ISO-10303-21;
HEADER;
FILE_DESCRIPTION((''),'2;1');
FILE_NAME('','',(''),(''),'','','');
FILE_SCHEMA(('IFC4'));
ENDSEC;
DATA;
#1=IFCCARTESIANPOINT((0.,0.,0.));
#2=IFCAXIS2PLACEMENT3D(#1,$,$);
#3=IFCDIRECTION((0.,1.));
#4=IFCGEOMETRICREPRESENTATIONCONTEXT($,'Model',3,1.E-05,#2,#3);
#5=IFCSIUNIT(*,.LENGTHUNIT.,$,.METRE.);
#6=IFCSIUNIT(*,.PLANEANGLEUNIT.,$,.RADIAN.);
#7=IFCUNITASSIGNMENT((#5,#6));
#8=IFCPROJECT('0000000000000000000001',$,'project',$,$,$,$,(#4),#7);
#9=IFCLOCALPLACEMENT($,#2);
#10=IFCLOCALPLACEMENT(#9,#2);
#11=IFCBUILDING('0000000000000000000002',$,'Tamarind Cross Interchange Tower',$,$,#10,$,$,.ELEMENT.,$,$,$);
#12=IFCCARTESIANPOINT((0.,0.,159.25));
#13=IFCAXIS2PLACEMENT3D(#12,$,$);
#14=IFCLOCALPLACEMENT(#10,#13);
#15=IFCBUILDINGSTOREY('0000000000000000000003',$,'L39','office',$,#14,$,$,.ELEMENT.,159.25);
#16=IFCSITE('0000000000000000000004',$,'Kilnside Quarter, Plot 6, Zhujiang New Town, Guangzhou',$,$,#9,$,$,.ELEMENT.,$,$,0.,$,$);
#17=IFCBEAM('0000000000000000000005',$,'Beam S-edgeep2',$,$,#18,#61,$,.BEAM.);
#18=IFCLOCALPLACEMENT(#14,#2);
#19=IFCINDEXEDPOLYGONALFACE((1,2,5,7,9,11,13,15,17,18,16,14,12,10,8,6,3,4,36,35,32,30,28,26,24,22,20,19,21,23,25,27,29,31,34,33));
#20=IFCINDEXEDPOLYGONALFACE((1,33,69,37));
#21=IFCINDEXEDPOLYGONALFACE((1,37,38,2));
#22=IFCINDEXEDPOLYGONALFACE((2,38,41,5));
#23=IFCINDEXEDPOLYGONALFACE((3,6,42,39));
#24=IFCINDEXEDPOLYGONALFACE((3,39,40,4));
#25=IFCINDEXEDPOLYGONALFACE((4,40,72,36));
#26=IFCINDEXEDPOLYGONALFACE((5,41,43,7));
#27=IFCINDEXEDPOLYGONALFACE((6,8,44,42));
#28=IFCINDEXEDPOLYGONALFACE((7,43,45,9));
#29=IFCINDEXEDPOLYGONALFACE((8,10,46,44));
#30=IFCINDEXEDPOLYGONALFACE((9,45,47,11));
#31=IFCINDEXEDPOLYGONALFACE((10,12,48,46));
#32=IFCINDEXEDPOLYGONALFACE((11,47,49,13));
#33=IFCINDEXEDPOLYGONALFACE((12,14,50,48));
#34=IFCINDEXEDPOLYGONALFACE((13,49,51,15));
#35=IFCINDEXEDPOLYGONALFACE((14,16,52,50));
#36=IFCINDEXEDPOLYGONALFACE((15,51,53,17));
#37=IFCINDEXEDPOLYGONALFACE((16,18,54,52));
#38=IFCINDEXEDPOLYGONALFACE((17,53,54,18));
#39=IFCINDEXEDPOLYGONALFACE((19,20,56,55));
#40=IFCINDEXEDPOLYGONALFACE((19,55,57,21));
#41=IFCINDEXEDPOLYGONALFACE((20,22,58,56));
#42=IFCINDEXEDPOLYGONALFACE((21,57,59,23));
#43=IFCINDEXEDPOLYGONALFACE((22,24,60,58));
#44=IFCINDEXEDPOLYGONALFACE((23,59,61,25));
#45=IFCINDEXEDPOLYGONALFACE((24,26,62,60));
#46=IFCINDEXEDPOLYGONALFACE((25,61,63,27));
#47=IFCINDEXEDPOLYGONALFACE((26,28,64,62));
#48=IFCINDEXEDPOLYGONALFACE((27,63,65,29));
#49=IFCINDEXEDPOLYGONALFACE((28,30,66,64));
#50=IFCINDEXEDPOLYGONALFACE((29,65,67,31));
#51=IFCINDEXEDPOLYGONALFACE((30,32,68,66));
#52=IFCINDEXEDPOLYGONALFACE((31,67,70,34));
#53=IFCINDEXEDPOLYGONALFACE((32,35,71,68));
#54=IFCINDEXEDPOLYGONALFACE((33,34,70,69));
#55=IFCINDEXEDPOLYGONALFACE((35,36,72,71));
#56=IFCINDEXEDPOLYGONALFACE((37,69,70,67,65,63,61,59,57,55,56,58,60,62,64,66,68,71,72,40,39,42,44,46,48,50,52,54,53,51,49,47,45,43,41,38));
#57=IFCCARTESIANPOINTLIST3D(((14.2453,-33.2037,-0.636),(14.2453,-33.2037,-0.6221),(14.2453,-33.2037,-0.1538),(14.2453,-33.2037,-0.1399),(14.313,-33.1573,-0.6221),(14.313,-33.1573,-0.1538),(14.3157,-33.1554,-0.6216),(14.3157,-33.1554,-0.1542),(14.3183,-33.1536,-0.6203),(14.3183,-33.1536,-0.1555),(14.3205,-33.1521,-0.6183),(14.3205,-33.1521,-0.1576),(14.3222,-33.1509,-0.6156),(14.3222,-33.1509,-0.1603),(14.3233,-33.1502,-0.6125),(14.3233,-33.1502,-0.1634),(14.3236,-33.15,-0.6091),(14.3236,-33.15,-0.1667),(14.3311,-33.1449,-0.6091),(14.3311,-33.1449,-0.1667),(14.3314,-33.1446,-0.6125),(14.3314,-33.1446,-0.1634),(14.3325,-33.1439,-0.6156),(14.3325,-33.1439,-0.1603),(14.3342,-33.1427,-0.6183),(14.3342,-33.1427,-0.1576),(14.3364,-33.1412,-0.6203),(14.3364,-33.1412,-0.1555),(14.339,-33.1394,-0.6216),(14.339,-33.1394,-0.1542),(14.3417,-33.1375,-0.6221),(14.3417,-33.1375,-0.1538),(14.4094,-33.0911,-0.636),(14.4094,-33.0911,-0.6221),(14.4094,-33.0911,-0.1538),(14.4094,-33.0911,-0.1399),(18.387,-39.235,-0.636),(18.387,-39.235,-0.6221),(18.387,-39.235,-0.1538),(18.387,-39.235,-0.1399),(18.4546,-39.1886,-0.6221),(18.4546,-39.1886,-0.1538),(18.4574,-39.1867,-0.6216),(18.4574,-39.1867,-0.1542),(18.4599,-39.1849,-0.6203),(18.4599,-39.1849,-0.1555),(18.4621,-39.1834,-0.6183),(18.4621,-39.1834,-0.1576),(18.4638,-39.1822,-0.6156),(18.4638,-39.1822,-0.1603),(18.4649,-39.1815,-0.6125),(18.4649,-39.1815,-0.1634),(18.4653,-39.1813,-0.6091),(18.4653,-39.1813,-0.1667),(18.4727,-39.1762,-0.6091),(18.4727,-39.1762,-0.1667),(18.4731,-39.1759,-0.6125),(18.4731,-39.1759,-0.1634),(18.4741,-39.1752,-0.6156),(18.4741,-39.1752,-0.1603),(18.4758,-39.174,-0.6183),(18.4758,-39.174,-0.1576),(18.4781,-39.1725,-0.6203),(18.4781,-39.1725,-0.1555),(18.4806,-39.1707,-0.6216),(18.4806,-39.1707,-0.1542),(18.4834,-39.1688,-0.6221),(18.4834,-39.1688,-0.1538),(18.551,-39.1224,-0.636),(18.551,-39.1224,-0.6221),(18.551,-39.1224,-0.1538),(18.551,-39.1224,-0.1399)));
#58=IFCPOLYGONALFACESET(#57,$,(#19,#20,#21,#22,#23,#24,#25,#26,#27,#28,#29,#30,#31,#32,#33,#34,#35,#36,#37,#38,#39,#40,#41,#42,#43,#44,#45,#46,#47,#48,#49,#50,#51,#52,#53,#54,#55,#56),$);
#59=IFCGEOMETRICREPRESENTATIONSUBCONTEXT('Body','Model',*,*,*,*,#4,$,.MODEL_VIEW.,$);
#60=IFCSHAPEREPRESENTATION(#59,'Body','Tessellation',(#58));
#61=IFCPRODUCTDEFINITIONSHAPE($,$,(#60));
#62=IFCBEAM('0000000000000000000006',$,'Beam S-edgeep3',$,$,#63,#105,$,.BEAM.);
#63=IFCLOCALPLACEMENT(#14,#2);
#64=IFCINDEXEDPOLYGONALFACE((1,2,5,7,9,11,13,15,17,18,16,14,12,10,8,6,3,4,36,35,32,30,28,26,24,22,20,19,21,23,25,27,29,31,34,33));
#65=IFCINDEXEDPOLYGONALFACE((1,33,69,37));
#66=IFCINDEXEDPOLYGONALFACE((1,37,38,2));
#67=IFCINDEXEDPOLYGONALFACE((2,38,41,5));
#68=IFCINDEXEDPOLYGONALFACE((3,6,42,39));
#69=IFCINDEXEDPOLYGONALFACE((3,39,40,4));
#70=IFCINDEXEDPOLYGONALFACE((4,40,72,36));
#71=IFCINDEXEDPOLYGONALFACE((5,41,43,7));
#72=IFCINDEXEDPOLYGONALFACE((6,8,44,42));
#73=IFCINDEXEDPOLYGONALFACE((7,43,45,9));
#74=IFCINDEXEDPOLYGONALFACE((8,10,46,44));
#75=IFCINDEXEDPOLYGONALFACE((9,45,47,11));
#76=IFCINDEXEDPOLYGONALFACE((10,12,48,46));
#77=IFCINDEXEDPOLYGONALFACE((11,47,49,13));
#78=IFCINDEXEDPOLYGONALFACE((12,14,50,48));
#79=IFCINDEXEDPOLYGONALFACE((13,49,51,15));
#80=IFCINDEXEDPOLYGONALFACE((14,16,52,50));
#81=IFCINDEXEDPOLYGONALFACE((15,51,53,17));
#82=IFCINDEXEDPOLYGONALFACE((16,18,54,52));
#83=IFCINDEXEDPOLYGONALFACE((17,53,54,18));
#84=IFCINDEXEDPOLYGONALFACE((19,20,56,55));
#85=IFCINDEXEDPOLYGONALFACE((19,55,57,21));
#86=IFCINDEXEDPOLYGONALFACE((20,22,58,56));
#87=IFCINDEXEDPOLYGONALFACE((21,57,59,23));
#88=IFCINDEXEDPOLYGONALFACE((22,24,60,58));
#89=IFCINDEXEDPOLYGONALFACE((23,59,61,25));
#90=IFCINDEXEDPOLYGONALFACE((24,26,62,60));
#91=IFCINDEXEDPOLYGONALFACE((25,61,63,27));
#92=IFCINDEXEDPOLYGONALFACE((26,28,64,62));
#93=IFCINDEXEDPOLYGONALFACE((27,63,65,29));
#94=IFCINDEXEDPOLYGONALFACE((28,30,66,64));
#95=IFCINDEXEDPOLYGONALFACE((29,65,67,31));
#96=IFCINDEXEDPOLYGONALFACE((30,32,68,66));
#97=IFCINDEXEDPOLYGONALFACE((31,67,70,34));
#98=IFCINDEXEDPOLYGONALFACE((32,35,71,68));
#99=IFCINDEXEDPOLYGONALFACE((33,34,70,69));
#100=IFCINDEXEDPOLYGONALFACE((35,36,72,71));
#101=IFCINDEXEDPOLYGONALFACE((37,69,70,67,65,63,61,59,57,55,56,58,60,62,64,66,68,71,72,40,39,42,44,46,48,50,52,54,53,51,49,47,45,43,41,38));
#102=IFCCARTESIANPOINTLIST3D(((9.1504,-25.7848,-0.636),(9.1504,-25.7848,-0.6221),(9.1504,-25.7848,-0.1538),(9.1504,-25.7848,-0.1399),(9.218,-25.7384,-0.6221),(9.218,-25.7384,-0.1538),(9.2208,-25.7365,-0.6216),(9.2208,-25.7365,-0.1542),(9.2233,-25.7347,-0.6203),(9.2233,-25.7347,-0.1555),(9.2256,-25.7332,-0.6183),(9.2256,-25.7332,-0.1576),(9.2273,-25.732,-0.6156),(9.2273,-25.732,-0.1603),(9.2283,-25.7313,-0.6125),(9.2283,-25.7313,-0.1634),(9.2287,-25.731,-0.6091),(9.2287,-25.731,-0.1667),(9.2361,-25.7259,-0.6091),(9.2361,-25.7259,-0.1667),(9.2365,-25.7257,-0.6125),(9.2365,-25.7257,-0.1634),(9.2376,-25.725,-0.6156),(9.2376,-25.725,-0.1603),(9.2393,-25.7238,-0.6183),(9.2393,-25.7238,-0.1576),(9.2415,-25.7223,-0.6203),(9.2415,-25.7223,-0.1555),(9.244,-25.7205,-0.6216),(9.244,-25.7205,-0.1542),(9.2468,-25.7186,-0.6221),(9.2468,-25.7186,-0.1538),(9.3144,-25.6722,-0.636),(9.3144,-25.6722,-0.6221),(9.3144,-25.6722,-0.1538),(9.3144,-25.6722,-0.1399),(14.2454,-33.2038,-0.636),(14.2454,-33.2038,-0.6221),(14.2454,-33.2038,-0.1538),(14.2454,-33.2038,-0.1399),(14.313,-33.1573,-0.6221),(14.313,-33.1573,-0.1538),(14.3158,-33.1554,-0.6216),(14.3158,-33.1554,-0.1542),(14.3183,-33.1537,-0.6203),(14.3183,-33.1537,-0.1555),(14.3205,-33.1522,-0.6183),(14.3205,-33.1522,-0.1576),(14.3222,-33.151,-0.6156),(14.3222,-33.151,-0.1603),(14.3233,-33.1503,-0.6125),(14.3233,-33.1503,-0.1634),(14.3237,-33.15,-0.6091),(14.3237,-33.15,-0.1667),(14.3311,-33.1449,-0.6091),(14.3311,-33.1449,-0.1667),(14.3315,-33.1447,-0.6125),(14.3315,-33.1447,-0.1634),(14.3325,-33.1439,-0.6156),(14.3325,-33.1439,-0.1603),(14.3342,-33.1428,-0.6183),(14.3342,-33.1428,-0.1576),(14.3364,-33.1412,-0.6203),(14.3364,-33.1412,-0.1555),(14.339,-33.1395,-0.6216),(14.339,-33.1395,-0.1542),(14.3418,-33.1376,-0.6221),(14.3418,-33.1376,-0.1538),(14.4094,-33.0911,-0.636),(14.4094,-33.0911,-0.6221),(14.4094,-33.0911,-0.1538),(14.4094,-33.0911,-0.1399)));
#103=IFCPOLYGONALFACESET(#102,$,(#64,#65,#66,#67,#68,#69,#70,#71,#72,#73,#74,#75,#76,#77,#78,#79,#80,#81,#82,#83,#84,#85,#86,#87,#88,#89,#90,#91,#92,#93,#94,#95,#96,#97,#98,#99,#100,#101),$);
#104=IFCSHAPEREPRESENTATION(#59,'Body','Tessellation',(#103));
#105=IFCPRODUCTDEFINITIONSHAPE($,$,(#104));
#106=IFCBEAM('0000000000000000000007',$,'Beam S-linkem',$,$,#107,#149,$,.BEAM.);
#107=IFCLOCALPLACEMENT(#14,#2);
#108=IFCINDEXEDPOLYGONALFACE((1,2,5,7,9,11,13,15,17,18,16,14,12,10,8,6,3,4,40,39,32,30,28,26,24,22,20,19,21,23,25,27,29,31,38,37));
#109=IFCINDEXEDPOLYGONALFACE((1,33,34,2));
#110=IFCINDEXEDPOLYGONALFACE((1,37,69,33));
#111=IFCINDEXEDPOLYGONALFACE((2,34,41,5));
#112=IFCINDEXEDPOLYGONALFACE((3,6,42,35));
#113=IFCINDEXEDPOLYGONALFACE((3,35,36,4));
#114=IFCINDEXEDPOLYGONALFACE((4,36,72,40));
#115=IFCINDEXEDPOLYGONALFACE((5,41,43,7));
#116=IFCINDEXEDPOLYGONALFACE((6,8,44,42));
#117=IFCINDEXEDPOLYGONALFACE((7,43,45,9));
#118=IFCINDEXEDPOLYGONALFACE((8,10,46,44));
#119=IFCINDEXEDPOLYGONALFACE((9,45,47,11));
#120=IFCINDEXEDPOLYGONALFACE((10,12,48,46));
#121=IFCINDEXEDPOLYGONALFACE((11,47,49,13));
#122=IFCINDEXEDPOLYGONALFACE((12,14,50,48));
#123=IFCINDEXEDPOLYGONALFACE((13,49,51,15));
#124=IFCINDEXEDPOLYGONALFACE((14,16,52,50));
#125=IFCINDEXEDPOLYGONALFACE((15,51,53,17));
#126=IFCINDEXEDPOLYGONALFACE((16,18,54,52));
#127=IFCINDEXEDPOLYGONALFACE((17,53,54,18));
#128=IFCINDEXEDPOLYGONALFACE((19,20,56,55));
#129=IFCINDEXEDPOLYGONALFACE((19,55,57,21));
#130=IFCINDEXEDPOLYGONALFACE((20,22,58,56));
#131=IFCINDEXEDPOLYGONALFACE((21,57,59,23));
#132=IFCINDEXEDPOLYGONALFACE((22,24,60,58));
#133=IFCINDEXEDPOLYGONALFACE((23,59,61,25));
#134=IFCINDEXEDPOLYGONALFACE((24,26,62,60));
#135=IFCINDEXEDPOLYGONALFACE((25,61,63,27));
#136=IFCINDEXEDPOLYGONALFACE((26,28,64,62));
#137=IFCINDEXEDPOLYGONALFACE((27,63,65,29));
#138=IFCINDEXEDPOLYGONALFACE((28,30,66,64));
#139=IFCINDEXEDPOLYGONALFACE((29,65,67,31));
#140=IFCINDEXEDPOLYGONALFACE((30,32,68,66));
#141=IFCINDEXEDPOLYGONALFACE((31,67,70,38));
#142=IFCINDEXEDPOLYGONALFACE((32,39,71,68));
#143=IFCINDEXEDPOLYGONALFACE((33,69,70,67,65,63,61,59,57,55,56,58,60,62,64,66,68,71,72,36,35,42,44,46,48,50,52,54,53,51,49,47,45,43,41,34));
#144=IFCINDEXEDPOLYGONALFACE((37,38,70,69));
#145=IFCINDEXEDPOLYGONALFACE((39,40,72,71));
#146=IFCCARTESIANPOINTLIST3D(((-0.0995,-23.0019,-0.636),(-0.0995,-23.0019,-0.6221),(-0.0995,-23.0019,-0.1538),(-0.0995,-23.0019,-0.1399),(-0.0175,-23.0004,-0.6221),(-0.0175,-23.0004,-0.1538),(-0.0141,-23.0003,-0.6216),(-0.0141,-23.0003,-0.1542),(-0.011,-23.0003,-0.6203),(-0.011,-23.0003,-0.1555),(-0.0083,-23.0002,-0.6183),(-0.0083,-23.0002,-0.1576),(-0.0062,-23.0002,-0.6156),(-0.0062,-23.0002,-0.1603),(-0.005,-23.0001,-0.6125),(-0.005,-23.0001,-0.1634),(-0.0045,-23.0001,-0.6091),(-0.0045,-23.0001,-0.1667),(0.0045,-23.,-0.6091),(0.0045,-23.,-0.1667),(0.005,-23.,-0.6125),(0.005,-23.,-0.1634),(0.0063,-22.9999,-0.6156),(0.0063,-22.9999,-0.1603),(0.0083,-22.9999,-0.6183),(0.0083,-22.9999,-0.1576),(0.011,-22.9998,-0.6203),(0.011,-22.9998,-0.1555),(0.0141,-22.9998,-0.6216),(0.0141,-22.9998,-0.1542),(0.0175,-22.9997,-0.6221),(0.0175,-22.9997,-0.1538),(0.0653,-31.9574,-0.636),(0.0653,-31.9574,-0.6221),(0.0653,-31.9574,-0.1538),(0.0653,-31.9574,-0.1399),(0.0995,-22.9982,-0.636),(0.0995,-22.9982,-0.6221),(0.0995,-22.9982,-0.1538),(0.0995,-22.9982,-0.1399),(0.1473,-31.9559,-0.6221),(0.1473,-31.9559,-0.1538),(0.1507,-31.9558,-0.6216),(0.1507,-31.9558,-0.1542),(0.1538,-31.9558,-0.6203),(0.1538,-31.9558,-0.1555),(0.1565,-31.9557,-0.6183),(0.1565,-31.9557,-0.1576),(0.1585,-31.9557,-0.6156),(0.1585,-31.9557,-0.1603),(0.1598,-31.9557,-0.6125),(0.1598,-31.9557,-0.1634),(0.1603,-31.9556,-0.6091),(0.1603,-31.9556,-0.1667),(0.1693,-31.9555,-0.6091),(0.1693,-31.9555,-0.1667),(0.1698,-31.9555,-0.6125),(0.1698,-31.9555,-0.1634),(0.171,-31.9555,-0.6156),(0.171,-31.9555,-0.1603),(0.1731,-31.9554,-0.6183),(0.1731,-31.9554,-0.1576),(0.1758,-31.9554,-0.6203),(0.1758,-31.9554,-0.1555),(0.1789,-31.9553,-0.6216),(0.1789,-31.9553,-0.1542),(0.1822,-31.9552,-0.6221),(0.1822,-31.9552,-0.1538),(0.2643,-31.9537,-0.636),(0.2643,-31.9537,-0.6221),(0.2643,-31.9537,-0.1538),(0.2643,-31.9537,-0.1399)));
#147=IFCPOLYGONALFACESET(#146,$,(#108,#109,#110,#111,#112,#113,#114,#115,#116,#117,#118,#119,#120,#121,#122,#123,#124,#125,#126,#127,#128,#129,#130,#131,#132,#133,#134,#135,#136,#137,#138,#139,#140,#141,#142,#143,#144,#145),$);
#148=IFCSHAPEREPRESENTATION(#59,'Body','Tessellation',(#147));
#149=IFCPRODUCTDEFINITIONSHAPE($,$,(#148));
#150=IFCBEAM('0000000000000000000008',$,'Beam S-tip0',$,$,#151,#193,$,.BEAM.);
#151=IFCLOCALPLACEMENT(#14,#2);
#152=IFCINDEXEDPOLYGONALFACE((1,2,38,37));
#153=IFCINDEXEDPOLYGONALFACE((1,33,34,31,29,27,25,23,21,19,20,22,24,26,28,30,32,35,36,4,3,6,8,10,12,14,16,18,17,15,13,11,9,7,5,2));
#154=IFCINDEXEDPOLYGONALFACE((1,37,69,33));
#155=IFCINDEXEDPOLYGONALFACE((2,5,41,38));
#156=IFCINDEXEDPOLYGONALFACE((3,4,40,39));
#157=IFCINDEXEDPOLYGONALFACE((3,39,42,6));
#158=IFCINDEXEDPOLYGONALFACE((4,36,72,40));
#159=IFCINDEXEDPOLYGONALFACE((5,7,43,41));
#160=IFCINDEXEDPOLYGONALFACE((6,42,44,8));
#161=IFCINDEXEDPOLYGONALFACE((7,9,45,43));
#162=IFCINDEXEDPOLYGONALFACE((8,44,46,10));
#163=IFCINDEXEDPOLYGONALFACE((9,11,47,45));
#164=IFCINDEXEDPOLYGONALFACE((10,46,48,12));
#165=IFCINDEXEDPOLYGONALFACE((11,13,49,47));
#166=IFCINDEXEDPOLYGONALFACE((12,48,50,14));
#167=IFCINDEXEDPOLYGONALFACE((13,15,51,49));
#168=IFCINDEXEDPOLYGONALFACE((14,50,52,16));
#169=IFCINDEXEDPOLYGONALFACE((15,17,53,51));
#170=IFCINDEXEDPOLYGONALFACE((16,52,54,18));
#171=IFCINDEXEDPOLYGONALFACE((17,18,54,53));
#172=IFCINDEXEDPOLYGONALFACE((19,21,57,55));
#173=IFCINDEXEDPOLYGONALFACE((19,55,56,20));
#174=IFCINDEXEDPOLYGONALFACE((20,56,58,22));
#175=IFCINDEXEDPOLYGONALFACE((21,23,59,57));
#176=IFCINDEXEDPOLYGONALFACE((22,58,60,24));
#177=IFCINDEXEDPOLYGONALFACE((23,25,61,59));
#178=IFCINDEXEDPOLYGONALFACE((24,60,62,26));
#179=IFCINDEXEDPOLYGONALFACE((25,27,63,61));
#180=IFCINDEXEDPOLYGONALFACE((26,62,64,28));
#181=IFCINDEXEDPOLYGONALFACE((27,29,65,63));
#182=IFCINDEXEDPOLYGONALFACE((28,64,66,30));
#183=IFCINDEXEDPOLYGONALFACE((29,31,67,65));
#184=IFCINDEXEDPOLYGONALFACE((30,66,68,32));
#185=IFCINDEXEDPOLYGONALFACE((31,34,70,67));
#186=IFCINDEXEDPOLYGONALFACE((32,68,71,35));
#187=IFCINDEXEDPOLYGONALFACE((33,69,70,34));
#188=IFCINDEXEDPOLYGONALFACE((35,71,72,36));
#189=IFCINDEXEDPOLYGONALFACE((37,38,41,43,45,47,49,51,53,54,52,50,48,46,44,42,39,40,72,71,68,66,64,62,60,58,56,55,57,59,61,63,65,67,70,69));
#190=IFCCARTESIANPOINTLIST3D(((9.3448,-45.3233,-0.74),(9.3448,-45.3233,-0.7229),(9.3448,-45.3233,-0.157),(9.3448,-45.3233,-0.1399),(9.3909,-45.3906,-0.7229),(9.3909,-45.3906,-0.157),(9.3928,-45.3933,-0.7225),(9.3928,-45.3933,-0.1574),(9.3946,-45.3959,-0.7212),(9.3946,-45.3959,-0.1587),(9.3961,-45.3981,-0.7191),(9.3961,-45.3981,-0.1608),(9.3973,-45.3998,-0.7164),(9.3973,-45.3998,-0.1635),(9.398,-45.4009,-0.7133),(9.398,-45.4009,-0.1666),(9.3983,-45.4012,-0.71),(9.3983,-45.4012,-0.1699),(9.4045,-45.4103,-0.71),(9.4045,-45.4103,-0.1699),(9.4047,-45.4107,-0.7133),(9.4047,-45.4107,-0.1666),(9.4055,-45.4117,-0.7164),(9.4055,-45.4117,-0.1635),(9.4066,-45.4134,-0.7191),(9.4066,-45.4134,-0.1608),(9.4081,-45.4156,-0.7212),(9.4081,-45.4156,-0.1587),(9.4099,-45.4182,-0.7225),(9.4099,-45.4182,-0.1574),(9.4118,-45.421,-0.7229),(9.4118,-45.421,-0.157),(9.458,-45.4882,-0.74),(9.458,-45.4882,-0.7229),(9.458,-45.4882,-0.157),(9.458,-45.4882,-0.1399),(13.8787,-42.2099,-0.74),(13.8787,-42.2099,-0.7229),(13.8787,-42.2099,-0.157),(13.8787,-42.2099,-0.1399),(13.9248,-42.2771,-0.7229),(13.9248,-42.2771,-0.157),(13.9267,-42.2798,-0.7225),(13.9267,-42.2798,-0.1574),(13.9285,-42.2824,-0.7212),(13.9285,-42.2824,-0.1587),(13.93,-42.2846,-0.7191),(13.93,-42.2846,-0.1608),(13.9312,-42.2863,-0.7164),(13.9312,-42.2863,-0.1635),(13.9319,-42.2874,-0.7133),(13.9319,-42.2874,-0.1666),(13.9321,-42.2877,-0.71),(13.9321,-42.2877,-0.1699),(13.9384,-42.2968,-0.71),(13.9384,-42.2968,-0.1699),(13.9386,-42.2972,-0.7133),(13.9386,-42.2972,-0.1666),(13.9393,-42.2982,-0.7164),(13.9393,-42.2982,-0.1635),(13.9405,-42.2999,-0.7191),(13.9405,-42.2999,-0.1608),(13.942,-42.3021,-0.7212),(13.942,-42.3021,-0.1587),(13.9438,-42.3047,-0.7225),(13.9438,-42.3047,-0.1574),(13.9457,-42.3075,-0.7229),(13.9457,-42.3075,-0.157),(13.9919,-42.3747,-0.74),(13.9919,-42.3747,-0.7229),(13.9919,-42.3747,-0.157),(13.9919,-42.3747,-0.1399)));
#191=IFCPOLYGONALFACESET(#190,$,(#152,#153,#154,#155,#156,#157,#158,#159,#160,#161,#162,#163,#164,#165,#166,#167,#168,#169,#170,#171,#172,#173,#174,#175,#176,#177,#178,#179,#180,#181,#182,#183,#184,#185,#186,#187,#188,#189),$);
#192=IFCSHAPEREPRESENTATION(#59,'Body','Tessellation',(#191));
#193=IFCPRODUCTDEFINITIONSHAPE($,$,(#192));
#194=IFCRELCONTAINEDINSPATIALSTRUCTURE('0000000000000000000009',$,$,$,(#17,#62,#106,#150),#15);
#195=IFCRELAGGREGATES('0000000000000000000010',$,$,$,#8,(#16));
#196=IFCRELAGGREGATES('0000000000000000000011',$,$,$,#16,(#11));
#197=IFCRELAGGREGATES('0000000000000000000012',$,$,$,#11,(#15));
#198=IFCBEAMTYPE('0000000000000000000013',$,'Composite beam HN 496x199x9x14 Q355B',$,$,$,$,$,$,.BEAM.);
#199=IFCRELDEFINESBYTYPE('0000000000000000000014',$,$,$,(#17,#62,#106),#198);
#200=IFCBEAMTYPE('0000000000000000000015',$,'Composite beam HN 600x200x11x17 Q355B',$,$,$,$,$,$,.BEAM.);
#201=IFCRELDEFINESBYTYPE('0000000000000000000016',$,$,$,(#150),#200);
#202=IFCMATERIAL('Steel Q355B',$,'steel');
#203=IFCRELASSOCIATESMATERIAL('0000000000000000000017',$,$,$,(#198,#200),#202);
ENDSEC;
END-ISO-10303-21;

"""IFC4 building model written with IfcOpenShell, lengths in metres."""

from ifc_helpers import new_model, si_unit, direction, frame, origin, origin_2d, place, context, subcontext, project, spatial, i_section, extrude, material, material_profile, profile_set, type_object, element, save


model = new_model("IFC4")

# Units and contexts
model_context = context("Model", 3, precision=1e-05, world=origin(), true_north=direction((0.0, 1.0)))
body_context = subcontext(model_context, "Body", "Model", "MODEL_VIEW")
ifc_project = project(units=[si_unit("LENGTHUNIT", "METRE"), si_unit("PLANEANGLEUNIT", "RADIAN")], contexts=[model_context])

# Site, building, storey
site_placement = place(None, origin())
site = spatial("IfcSite", under=ifc_project, at=site_placement, Name="Kilnside Quarter, Plot 6, Zhujiang New Town, Guangzhou", CompositionType="ELEMENT", RefElevation=0.0)
building_placement = place(site_placement, origin())
building = spatial("IfcBuilding", under=site, at=building_placement, Name="Tamarind Cross Interchange Tower", CompositionType="ELEMENT")
storey_placement = place(building_placement, frame((0.0, 0.0, 159.25)))
storey = spatial("IfcBuildingStorey", under=building, at=storey_placement, Name="L39", Description="office", CompositionType="ELEMENT", Elevation=159.25)

# Beams
ifc_material_1 = material(Name="Steel Q355B", Category="steel")
ifc_material_profile_1 = material_profile(ifc_material_1, i_section(OverallWidth=0.199, OverallDepth=0.4961, WebThickness=0.009, FlangeThickness=0.0139, FilletRadius=0.0129, at=origin_2d()), Name="HN 496x199x9x14")
ifc_profile_set_1 = profile_set([ifc_material_profile_1], Name="Steel Q355B")
beam_type_1 = type_object("IfcBeamType", Name="Composite beam HN 496x199x9x14 Q355B", PredefinedType="BEAM", material=ifc_profile_set_1)
beam_1_placement = place(storey_placement, frame((18.469, -39.1787, -0.3879), z_axis=(-0.566076, 0.824353, 0.0), x_axis=(-0.824353, -0.566076, 0.0)))
element("IfcBeam", 1, at=beam_1_placement, inside=storey, type_object=beam_type_1, Name="Beam S-edgeep2", PredefinedType="BEAM", context=body_context, shape_type="SweptSolid", body=[
    extrude(i_section(OverallWidth=0.199, OverallDepth=0.4961, WebThickness=0.009, FlangeThickness=0.0139, FilletRadius=0.0129, at=origin_2d()), origin(), (0.0, 0.0, 1.0), 7.3164),
])
beam_2_placement = place(storey_placement, frame((14.3274, -33.1475, -0.3879), z_axis=(-0.56611, 0.82433, 0.0), x_axis=(-0.82433, -0.56611, 0.0)))
element("IfcBeam", 2, at=beam_2_placement, inside=storey, type_object=beam_type_1, Name="Beam S-edgeep3", PredefinedType="BEAM", context=body_context, shape_type="SweptSolid", body=[
    extrude(i_section(OverallWidth=0.199, OverallDepth=0.4961, WebThickness=0.009, FlangeThickness=0.0139, FilletRadius=0.0129, at=origin_2d()), origin(), (0.0, 0.0, 1.0), 9.0),
])
beam_3_placement = place(storey_placement, frame((0.1648, -31.9556, -0.3879), z_axis=(-0.018398, 0.999831, 0.0), x_axis=(-0.999831, -0.018398, 0.0)))
element("IfcBeam", 3, at=beam_3_placement, inside=storey, type_object=beam_type_1, Name="Beam S-linkem", PredefinedType="BEAM", context=body_context, shape_type="SweptSolid", body=[
    extrude(i_section(OverallWidth=0.199, OverallDepth=0.4961, WebThickness=0.009, FlangeThickness=0.0139, FilletRadius=0.0129, at=origin_2d()), origin(), (0.0, 0.0, 1.0), 8.957),
])
ifc_material_profile_2 = material_profile(ifc_material_1, i_section(OverallWidth=0.2, OverallDepth=0.6001, WebThickness=0.011, FlangeThickness=0.0171, FilletRadius=0.0129, at=origin_2d()), Name="HN 600x200x11x17")
ifc_profile_set_2 = profile_set([ifc_material_profile_2], Name="Steel Q355B")
beam_type_2 = type_object("IfcBeamType", Name="Composite beam HN 600x200x11x17 Q355B", PredefinedType="BEAM", material=ifc_profile_set_2)
beam_4_placement = place(storey_placement, frame((9.4014, -45.4058, -0.4399), z_axis=(0.824344, 0.56609, 0.0), x_axis=(-0.56609, 0.824344, 0.0)))
element("IfcBeam", 4, at=beam_4_placement, inside=storey, type_object=beam_type_2, Name="Beam S-tip0", PredefinedType="BEAM", context=body_context, shape_type="SweptSolid", body=[
    extrude(i_section(OverallWidth=0.2, OverallDepth=0.6001, WebThickness=0.011, FlangeThickness=0.0171, FilletRadius=0.0129, at=origin_2d()), origin(), (0.0, 0.0, 1.0), 5.5),
])

save(model, "model.ifc")
